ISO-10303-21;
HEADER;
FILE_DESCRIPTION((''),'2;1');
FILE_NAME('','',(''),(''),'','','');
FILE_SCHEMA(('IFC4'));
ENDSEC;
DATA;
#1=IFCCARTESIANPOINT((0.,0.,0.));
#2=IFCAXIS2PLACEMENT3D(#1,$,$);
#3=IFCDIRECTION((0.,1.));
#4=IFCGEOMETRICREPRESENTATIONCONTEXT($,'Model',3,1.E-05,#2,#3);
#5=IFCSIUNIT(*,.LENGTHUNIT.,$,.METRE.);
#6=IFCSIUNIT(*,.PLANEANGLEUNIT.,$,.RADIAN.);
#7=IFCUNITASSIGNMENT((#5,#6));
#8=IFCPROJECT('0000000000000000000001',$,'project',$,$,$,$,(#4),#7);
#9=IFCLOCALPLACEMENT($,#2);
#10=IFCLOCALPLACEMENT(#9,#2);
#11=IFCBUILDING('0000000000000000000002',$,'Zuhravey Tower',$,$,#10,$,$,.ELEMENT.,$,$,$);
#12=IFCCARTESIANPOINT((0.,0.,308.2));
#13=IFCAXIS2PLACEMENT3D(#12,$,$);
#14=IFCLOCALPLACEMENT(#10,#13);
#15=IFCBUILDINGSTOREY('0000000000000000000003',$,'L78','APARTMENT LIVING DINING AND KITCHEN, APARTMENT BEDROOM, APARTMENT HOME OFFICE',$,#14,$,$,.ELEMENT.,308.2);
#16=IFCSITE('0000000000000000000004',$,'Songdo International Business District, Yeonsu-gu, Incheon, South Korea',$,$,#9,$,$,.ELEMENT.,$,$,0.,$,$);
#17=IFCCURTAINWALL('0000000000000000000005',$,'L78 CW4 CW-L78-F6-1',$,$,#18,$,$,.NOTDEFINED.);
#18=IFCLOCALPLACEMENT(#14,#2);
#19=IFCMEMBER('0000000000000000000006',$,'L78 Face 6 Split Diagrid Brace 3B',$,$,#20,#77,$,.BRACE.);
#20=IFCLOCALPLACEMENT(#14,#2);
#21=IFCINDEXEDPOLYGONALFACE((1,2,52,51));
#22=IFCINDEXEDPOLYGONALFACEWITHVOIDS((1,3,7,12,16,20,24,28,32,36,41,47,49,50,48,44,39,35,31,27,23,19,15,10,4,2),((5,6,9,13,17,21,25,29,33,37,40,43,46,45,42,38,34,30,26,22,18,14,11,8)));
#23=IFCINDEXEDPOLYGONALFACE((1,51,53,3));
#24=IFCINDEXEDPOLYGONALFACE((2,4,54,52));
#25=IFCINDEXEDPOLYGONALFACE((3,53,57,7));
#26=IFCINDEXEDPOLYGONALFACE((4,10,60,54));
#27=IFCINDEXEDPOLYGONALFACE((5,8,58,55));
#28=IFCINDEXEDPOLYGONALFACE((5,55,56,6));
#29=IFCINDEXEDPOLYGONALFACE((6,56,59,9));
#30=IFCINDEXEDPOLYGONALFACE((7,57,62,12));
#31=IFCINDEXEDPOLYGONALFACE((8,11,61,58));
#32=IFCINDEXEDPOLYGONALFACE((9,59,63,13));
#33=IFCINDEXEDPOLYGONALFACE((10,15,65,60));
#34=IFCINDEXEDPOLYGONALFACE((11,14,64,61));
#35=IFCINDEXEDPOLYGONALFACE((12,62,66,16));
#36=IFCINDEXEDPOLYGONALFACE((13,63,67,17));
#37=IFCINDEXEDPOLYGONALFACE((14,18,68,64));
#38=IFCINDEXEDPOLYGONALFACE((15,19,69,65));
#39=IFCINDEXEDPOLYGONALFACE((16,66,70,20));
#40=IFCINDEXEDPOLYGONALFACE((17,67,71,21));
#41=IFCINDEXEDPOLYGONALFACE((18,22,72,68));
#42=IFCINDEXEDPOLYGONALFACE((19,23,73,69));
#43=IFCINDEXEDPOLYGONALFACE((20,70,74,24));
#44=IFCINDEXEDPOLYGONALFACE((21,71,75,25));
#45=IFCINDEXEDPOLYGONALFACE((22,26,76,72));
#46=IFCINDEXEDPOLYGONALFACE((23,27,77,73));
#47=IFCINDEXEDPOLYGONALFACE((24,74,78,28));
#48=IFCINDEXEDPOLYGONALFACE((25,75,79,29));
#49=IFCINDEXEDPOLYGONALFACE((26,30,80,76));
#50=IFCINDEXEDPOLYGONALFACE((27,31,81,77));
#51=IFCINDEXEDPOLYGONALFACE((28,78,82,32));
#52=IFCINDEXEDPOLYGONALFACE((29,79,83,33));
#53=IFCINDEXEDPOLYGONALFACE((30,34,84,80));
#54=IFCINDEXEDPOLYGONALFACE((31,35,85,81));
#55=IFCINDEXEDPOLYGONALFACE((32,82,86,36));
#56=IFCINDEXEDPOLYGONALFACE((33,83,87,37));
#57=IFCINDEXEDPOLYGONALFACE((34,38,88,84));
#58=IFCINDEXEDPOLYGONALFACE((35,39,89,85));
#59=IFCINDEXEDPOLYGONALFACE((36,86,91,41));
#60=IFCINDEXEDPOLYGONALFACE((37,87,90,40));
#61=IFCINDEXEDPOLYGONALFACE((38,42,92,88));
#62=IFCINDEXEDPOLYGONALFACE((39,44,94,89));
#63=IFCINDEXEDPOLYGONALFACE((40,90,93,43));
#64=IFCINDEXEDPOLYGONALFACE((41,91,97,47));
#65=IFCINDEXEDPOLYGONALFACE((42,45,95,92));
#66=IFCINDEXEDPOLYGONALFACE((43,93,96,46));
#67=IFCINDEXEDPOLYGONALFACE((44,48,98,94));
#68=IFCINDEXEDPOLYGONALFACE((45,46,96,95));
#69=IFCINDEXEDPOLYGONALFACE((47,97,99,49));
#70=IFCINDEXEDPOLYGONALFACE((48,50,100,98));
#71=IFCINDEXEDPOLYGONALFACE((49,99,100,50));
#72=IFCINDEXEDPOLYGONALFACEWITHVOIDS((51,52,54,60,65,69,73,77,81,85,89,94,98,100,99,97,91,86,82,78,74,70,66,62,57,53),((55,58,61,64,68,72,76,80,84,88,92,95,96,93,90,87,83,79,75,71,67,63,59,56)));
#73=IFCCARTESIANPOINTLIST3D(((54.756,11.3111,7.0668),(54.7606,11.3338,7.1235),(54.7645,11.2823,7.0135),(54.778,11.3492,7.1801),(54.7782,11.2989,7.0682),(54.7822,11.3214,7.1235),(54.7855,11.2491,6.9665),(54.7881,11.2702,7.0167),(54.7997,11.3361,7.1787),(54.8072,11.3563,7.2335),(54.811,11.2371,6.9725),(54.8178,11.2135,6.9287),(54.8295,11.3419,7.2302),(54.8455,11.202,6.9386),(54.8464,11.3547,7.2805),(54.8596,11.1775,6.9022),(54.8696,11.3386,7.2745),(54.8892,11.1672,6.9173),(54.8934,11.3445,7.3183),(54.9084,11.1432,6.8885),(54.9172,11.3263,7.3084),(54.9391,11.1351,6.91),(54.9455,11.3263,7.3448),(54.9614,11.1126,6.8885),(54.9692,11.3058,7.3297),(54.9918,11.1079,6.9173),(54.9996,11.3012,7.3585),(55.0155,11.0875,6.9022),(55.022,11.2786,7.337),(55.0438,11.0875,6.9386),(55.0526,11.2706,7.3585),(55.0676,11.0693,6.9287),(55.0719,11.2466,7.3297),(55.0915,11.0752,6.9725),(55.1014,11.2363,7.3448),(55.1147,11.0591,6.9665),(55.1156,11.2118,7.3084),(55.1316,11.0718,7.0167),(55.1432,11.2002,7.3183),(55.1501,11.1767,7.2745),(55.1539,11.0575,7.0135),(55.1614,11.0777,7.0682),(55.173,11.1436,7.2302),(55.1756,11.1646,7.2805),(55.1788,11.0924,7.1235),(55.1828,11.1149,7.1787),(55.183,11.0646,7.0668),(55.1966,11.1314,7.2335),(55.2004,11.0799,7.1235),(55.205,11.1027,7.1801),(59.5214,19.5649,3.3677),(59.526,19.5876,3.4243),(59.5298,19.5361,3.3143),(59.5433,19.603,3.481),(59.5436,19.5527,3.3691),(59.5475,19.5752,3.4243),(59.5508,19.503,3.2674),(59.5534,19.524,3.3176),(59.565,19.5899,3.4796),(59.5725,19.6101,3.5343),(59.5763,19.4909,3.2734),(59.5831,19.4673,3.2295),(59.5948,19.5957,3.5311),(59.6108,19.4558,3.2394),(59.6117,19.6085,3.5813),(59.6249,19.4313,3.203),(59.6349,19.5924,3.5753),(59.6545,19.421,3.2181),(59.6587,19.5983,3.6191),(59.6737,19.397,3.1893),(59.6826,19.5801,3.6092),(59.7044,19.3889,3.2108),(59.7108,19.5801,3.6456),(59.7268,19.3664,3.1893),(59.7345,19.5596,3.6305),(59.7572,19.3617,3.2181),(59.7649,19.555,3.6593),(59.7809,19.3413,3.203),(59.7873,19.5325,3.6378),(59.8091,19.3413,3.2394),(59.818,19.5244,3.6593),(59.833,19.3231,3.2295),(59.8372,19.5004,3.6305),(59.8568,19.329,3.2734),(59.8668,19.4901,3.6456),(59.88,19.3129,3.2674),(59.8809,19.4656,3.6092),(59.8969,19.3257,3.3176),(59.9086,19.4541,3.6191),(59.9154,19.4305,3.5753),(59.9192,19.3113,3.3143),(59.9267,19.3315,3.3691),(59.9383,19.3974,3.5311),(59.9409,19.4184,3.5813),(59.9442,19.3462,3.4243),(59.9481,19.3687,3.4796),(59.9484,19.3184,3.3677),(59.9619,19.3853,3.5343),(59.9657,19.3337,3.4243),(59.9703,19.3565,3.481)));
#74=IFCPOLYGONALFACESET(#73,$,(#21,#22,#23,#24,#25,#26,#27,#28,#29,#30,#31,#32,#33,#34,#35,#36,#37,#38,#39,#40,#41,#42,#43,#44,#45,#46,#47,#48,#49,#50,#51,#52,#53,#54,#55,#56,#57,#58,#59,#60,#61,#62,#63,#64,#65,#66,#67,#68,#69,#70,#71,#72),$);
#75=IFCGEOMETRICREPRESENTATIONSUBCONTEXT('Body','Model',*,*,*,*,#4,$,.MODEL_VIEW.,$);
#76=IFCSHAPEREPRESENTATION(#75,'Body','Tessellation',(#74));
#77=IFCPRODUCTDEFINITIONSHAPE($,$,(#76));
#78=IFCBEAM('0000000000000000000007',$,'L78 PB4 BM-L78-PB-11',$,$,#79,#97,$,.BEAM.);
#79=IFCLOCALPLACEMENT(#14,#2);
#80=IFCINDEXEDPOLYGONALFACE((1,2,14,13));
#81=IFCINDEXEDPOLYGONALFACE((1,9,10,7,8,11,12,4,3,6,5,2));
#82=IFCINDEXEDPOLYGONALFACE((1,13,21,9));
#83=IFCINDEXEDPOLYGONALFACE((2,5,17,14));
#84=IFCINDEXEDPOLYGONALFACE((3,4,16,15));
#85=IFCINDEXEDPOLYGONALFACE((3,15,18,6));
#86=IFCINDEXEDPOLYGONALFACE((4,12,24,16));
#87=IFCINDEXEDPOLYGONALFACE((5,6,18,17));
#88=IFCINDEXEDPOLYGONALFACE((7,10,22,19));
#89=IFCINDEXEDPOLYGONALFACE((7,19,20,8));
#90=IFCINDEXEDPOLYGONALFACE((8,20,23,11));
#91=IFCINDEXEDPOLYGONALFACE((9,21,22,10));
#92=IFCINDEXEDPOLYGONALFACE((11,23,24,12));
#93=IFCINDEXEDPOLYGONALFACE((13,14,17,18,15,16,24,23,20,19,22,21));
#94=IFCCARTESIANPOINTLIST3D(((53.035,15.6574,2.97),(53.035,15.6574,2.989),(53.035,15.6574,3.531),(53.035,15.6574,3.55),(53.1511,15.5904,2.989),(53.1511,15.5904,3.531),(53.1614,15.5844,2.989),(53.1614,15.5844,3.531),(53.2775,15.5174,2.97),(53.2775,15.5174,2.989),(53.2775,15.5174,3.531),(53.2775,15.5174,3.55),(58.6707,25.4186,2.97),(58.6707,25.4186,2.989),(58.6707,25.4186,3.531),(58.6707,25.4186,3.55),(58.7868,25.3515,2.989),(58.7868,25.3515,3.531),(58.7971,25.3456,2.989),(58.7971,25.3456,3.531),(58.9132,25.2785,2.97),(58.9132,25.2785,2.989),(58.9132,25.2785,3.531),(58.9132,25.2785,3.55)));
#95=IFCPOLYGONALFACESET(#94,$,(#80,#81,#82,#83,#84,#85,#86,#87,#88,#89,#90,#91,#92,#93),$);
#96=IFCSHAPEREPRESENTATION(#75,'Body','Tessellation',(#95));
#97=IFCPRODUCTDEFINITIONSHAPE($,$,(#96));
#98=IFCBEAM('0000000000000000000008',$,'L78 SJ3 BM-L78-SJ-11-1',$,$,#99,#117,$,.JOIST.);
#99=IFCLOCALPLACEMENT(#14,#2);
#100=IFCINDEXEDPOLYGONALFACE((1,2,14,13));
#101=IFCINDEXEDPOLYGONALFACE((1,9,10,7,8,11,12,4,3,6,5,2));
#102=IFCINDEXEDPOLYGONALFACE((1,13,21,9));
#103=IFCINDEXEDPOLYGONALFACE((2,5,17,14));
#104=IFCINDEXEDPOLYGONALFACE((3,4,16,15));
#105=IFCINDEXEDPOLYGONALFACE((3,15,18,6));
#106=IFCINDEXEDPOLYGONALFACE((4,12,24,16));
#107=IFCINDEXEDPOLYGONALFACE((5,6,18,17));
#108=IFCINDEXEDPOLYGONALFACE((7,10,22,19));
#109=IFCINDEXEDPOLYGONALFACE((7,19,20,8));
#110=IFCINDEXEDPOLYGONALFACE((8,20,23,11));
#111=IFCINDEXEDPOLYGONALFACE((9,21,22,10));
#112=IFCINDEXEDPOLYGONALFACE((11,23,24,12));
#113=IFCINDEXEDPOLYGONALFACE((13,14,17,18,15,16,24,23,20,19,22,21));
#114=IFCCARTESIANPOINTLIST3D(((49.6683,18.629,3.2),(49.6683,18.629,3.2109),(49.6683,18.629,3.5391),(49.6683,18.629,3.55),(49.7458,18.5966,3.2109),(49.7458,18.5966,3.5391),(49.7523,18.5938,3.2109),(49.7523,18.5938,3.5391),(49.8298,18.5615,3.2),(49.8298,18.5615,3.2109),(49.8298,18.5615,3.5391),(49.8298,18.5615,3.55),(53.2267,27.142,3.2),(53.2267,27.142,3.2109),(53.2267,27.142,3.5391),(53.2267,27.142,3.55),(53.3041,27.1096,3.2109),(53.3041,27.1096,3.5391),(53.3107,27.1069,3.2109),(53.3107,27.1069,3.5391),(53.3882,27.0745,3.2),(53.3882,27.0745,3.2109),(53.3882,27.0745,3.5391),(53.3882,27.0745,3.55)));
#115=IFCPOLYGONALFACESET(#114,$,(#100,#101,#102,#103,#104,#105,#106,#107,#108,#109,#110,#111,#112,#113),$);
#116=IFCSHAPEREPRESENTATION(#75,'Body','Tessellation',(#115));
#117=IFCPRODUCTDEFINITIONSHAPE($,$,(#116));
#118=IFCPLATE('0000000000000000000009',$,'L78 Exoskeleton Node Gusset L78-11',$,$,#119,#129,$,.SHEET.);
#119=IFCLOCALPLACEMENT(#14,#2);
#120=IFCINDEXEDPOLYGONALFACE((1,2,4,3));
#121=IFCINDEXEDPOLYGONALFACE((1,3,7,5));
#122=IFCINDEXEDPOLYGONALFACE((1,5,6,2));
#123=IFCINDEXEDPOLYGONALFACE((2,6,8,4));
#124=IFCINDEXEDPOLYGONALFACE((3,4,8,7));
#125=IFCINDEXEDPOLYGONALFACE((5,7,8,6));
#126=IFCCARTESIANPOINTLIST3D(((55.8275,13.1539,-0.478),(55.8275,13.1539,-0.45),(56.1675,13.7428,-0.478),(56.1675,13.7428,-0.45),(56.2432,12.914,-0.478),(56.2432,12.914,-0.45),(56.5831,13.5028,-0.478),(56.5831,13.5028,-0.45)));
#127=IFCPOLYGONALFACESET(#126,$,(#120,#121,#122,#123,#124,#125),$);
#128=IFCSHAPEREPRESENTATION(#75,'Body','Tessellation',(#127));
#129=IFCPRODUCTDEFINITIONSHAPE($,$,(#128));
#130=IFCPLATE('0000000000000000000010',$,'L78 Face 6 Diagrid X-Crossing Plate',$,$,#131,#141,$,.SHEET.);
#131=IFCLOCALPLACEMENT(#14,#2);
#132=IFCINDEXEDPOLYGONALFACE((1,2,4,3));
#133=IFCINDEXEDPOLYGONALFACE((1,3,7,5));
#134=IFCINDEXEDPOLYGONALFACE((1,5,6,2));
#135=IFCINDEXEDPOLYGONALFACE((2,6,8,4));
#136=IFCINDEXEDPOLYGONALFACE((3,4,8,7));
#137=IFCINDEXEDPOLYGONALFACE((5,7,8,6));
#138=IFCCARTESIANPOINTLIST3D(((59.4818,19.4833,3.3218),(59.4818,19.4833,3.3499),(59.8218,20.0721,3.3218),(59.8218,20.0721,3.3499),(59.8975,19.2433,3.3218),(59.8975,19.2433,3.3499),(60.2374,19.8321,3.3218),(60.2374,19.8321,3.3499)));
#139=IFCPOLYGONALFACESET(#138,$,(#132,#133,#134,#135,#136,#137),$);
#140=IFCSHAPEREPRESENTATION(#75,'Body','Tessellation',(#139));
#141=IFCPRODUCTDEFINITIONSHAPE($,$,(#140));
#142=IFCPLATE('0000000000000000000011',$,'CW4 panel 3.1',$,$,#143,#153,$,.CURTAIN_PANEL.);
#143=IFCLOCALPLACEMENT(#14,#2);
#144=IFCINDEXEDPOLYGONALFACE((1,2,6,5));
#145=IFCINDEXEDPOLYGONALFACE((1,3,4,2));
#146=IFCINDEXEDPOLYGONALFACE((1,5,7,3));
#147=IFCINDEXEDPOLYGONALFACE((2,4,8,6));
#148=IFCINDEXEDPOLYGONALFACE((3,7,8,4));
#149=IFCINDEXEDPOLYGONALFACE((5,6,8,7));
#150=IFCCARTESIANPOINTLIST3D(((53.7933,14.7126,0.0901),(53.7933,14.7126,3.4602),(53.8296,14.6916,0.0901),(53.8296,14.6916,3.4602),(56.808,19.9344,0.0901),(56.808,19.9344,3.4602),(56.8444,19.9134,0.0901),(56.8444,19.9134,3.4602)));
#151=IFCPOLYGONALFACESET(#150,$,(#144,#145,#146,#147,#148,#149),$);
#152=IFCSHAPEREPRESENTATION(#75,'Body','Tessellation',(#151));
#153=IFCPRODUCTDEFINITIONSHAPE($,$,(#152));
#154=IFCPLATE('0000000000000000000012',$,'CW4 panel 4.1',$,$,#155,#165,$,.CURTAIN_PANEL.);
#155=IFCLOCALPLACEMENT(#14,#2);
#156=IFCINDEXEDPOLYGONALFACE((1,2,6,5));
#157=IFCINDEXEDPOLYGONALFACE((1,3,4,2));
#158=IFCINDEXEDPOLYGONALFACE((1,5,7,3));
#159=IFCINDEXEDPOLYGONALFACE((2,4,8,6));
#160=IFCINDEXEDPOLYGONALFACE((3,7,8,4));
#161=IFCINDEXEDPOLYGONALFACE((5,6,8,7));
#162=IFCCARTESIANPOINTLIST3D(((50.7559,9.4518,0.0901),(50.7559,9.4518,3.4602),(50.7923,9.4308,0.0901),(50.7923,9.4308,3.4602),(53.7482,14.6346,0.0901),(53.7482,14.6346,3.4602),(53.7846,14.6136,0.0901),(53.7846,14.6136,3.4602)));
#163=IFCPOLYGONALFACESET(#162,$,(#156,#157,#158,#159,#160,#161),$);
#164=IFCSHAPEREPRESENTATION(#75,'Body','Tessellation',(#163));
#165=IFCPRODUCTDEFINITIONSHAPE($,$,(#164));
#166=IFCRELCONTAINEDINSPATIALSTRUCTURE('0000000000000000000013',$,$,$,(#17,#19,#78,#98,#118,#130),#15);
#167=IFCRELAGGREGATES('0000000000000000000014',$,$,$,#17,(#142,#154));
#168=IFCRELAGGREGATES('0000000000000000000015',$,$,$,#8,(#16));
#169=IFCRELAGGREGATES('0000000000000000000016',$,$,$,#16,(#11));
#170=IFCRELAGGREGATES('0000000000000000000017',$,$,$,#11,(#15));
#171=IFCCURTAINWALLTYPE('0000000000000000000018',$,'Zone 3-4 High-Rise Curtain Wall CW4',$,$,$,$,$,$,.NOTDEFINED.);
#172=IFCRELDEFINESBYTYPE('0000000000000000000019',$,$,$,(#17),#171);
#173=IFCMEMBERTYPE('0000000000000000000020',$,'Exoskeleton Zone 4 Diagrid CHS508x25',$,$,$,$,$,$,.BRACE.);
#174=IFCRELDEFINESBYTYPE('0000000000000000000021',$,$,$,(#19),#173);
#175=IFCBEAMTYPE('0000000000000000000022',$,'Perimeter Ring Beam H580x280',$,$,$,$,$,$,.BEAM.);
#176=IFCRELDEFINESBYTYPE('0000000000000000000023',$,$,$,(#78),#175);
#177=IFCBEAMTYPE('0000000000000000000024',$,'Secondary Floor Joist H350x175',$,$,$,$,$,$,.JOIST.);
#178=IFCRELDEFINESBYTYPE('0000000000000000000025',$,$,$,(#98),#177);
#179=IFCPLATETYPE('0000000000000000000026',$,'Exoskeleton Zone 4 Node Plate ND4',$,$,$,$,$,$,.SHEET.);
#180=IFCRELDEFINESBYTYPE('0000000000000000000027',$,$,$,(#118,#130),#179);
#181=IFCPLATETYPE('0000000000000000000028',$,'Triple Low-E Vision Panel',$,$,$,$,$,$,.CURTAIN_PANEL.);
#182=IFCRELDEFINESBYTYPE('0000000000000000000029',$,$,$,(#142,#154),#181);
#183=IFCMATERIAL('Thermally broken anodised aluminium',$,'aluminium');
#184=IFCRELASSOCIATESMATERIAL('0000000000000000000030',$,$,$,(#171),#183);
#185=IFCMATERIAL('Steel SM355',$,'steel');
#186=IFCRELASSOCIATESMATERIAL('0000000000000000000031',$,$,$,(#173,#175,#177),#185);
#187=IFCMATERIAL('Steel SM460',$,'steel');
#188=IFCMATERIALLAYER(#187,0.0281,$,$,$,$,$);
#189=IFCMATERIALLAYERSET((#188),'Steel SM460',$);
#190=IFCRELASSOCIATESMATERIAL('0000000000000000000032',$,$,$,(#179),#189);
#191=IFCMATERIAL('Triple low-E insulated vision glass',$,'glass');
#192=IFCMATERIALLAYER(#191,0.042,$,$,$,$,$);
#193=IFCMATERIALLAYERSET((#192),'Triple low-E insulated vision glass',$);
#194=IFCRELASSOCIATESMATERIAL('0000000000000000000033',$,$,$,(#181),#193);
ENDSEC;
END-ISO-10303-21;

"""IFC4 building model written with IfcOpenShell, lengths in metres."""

from ifc_helpers import new_model, si_unit, direction, frame, origin, origin_2d, place, context, subcontext, project, spatial, rectangle, hollow_circle, i_section, extrude, material, layer, layer_set, material_profile, profile_set, type_object, element, aggregate, save


model = new_model("IFC4")

# Units and contexts
model_context = context("Model", 3, precision=1e-05, world=origin(), true_north=direction((0.0, 1.0)))
body_context = subcontext(model_context, "Body", "Model", "MODEL_VIEW")
ifc_project = project(units=[si_unit("LENGTHUNIT", "METRE"), si_unit("PLANEANGLEUNIT", "RADIAN")], contexts=[model_context])

# Site, building, storey
site_placement = place(None, origin())
site = spatial("IfcSite", under=ifc_project, at=site_placement, Name="Songdo International Business District, Yeonsu-gu, Incheon, South Korea", CompositionType="ELEMENT", RefElevation=0.0)
building_placement = place(site_placement, origin())
building = spatial("IfcBuilding", under=site, at=building_placement, Name="Zuhravey Tower", CompositionType="ELEMENT")
storey_placement = place(building_placement, frame((0.0, 0.0, 308.2)))
storey = spatial("IfcBuildingStorey", under=building, at=storey_placement, Name="L78", Description="APARTMENT LIVING DINING AND KITCHEN, APARTMENT BEDROOM, APARTMENT HOME OFFICE", CompositionType="ELEMENT", Elevation=308.2)

# Curtain wall
ifc_material_1 = material(Name="Thermally broken anodised aluminium", Category="aluminium")
curtain_wall_type = type_object("IfcCurtainWallType", Name="Zone 3-4 High-Rise Curtain Wall CW4", PredefinedType="NOTDEFINED", material=ifc_material_1)
curtain_wall_1_placement = place(storey_placement, origin())
curtain_wall_1 = element("IfcCurtainWall", 1, at=curtain_wall_1_placement, inside=storey, type_object=curtain_wall_type, Name="L78 CW4 CW-L78-F6-1", PredefinedType="NOTDEFINED")

# Member
ifc_material_2 = material(Name="Steel SM355", Category="steel")
ifc_material_profile_1 = material_profile(ifc_material_2, hollow_circle(Radius=0.2539, WallThickness=0.0249, at=origin_2d()), Name="CHS-508.0x25")
ifc_profile_set_1 = profile_set([ifc_material_profile_1], Name="Steel SM355")
member_type_1 = type_object("IfcMemberType", Name="Exoskeleton Zone 4 Diagrid CHS508x25", PredefinedType="BRACE", material=ifc_profile_set_1)
member_1_placement = place(storey_placement, frame((59.7458, 19.4607, 3.4243), z_axis=(-0.46612, -0.807346, 0.361835), x_axis=(0.866026, -0.499999, 0.0)))
element("IfcMember", 2, at=member_1_placement, inside=storey, type_object=member_type_1, Name="L78 Face 6 Split Diagrid Brace 3B", PredefinedType="BRACE", context=body_context, shape_type="SweptSolid", body=[
    extrude(hollow_circle(Radius=0.2539, WallThickness=0.0249, at=origin_2d()), origin(), (0.0, 0.0, 1.0), 10.2234),
])

# Beams
ifc_material_profile_2 = material_profile(ifc_material_2, i_section(OverallWidth=0.28, OverallDepth=0.5801, WebThickness=0.012, FlangeThickness=0.019, at=origin_2d()), Name="H-580x280x12x19")
ifc_profile_set_2 = profile_set([ifc_material_profile_2], Name="Steel SM355")
beam_type_1 = type_object("IfcBeamType", Name="Perimeter Ring Beam H580x280", PredefinedType="BEAM", material=ifc_profile_set_2)
beam_1_placement = place(storey_placement, frame((53.1562, 15.5874, 3.26), z_axis=(0.500006, 0.866022, 0.0), x_axis=(-0.866022, 0.500006, 0.0)))
element("IfcBeam", 3, at=beam_1_placement, inside=storey, type_object=beam_type_1, Name="L78 PB4 BM-L78-PB-11", PredefinedType="BEAM", context=body_context, shape_type="SweptSolid", body=[
    extrude(i_section(OverallWidth=0.28, OverallDepth=0.5801, WebThickness=0.012, FlangeThickness=0.019, at=origin_2d()), origin(), (0.0, 0.0, 1.0), 11.2712),
])
ifc_material_profile_3 = material_profile(ifc_material_2, i_section(OverallWidth=0.175, OverallDepth=0.3501, WebThickness=0.0071, FlangeThickness=0.011, at=origin_2d()), Name="H-350x175x7x11")
ifc_profile_set_3 = profile_set([ifc_material_profile_3], Name="Steel SM355")
beam_type_2 = type_object("IfcBeamType", Name="Secondary Floor Joist H350x175", PredefinedType="JOIST", material=ifc_profile_set_3)
beam_2_placement = place(storey_placement, frame((49.749, 18.5952, 3.375), z_axis=(0.385658, 0.922642, 0.0), x_axis=(-0.922642, 0.385658, 0.0)))
element("IfcBeam", 4, at=beam_2_placement, inside=storey, type_object=beam_type_2, Name="L78 SJ3 BM-L78-SJ-11-1", PredefinedType="JOIST", context=body_context, shape_type="SweptSolid", body=[
    extrude(i_section(OverallWidth=0.175, OverallDepth=0.3501, WebThickness=0.0071, FlangeThickness=0.011, at=origin_2d()), origin(), (0.0, 0.0, 1.0), 9.2268),
])

# Plates
ifc_material_3 = material(Name="Steel SM460", Category="steel")
ifc_layer_1 = layer(ifc_material_3, 0.0281)
ifc_layer_set_1 = layer_set([ifc_layer_1], Name="Steel SM460")
plate_type_1 = type_object("IfcPlateType", Name="Exoskeleton Zone 4 Node Plate ND4", PredefinedType="SHEET", material=ifc_layer_set_1)
for number, where, z_axis, x_axis, name in (
    (5, (56.2053, 13.3284, -0.478), (0.0, 0.0, 1.0), (0.5, 0.866025, 0.0), "L78 Exoskeleton Node Gusset L78-11"),
    (6, (59.8596, 19.6577, 3.3218), (0.0, 0.0, 1.0), (0.5, 0.866025, 0.0), "L78 Face 6 Diagrid X-Crossing Plate"),
):
    element("IfcPlate", number, at=place(storey_placement, frame(where, z_axis=z_axis, x_axis=x_axis)), inside=storey, type_object=plate_type_1, Name=name, PredefinedType="SHEET", context=body_context, shape_type="SweptSolid", body=[
        extrude(rectangle(XDim=0.6799, YDim=0.48, at=origin_2d()), origin(), (0.0, 0.0, 1.0), 0.0281),
    ])

# Plates
ifc_material_4 = material(Name="Triple low-E insulated vision glass", Category="glass")
ifc_layer_2 = layer(ifc_material_4, 0.042)
ifc_layer_set_2 = layer_set([ifc_layer_2], Name="Triple low-E insulated vision glass")
plate_type_2 = type_object("IfcPlateType", Name="Triple Low-E Vision Panel", PredefinedType="CURTAIN_PANEL", material=ifc_layer_set_2)
plate_1_placement = place(storey_placement, frame((55.3188, 17.313, 0.0901), z_axis=(0.0, 0.0, 1.0), x_axis=(-0.5, -0.866026, 0.0)))
plate_1 = element("IfcPlate", 7, at=plate_1_placement, type_object=plate_type_2, Name="CW4 panel 3.1", PredefinedType="CURTAIN_PANEL", context=body_context, shape_type="SweptSolid", body=[
    extrude(rectangle(XDim=6.0295, YDim=0.042, at=origin_2d()), origin(), (0.0, 0.0, 1.0), 3.3701),
])
plate_2_placement = place(storey_placement, frame((52.2703, 12.0327, 0.0901), z_axis=(0.0, 0.0, 1.0), x_axis=(-0.5, -0.866026, 0.0)))
plate_2 = element("IfcPlate", 8, at=plate_2_placement, type_object=plate_type_2, Name="CW4 panel 4.1", PredefinedType="CURTAIN_PANEL", context=body_context, shape_type="SweptSolid", body=[
    extrude(rectangle(XDim=5.9846, YDim=0.042, at=origin_2d()), origin(), (0.0, 0.0, 1.0), 3.3701),
])
aggregate(curtain_wall_1, [plate_1, plate_2])

save(model, "model.ifc")
